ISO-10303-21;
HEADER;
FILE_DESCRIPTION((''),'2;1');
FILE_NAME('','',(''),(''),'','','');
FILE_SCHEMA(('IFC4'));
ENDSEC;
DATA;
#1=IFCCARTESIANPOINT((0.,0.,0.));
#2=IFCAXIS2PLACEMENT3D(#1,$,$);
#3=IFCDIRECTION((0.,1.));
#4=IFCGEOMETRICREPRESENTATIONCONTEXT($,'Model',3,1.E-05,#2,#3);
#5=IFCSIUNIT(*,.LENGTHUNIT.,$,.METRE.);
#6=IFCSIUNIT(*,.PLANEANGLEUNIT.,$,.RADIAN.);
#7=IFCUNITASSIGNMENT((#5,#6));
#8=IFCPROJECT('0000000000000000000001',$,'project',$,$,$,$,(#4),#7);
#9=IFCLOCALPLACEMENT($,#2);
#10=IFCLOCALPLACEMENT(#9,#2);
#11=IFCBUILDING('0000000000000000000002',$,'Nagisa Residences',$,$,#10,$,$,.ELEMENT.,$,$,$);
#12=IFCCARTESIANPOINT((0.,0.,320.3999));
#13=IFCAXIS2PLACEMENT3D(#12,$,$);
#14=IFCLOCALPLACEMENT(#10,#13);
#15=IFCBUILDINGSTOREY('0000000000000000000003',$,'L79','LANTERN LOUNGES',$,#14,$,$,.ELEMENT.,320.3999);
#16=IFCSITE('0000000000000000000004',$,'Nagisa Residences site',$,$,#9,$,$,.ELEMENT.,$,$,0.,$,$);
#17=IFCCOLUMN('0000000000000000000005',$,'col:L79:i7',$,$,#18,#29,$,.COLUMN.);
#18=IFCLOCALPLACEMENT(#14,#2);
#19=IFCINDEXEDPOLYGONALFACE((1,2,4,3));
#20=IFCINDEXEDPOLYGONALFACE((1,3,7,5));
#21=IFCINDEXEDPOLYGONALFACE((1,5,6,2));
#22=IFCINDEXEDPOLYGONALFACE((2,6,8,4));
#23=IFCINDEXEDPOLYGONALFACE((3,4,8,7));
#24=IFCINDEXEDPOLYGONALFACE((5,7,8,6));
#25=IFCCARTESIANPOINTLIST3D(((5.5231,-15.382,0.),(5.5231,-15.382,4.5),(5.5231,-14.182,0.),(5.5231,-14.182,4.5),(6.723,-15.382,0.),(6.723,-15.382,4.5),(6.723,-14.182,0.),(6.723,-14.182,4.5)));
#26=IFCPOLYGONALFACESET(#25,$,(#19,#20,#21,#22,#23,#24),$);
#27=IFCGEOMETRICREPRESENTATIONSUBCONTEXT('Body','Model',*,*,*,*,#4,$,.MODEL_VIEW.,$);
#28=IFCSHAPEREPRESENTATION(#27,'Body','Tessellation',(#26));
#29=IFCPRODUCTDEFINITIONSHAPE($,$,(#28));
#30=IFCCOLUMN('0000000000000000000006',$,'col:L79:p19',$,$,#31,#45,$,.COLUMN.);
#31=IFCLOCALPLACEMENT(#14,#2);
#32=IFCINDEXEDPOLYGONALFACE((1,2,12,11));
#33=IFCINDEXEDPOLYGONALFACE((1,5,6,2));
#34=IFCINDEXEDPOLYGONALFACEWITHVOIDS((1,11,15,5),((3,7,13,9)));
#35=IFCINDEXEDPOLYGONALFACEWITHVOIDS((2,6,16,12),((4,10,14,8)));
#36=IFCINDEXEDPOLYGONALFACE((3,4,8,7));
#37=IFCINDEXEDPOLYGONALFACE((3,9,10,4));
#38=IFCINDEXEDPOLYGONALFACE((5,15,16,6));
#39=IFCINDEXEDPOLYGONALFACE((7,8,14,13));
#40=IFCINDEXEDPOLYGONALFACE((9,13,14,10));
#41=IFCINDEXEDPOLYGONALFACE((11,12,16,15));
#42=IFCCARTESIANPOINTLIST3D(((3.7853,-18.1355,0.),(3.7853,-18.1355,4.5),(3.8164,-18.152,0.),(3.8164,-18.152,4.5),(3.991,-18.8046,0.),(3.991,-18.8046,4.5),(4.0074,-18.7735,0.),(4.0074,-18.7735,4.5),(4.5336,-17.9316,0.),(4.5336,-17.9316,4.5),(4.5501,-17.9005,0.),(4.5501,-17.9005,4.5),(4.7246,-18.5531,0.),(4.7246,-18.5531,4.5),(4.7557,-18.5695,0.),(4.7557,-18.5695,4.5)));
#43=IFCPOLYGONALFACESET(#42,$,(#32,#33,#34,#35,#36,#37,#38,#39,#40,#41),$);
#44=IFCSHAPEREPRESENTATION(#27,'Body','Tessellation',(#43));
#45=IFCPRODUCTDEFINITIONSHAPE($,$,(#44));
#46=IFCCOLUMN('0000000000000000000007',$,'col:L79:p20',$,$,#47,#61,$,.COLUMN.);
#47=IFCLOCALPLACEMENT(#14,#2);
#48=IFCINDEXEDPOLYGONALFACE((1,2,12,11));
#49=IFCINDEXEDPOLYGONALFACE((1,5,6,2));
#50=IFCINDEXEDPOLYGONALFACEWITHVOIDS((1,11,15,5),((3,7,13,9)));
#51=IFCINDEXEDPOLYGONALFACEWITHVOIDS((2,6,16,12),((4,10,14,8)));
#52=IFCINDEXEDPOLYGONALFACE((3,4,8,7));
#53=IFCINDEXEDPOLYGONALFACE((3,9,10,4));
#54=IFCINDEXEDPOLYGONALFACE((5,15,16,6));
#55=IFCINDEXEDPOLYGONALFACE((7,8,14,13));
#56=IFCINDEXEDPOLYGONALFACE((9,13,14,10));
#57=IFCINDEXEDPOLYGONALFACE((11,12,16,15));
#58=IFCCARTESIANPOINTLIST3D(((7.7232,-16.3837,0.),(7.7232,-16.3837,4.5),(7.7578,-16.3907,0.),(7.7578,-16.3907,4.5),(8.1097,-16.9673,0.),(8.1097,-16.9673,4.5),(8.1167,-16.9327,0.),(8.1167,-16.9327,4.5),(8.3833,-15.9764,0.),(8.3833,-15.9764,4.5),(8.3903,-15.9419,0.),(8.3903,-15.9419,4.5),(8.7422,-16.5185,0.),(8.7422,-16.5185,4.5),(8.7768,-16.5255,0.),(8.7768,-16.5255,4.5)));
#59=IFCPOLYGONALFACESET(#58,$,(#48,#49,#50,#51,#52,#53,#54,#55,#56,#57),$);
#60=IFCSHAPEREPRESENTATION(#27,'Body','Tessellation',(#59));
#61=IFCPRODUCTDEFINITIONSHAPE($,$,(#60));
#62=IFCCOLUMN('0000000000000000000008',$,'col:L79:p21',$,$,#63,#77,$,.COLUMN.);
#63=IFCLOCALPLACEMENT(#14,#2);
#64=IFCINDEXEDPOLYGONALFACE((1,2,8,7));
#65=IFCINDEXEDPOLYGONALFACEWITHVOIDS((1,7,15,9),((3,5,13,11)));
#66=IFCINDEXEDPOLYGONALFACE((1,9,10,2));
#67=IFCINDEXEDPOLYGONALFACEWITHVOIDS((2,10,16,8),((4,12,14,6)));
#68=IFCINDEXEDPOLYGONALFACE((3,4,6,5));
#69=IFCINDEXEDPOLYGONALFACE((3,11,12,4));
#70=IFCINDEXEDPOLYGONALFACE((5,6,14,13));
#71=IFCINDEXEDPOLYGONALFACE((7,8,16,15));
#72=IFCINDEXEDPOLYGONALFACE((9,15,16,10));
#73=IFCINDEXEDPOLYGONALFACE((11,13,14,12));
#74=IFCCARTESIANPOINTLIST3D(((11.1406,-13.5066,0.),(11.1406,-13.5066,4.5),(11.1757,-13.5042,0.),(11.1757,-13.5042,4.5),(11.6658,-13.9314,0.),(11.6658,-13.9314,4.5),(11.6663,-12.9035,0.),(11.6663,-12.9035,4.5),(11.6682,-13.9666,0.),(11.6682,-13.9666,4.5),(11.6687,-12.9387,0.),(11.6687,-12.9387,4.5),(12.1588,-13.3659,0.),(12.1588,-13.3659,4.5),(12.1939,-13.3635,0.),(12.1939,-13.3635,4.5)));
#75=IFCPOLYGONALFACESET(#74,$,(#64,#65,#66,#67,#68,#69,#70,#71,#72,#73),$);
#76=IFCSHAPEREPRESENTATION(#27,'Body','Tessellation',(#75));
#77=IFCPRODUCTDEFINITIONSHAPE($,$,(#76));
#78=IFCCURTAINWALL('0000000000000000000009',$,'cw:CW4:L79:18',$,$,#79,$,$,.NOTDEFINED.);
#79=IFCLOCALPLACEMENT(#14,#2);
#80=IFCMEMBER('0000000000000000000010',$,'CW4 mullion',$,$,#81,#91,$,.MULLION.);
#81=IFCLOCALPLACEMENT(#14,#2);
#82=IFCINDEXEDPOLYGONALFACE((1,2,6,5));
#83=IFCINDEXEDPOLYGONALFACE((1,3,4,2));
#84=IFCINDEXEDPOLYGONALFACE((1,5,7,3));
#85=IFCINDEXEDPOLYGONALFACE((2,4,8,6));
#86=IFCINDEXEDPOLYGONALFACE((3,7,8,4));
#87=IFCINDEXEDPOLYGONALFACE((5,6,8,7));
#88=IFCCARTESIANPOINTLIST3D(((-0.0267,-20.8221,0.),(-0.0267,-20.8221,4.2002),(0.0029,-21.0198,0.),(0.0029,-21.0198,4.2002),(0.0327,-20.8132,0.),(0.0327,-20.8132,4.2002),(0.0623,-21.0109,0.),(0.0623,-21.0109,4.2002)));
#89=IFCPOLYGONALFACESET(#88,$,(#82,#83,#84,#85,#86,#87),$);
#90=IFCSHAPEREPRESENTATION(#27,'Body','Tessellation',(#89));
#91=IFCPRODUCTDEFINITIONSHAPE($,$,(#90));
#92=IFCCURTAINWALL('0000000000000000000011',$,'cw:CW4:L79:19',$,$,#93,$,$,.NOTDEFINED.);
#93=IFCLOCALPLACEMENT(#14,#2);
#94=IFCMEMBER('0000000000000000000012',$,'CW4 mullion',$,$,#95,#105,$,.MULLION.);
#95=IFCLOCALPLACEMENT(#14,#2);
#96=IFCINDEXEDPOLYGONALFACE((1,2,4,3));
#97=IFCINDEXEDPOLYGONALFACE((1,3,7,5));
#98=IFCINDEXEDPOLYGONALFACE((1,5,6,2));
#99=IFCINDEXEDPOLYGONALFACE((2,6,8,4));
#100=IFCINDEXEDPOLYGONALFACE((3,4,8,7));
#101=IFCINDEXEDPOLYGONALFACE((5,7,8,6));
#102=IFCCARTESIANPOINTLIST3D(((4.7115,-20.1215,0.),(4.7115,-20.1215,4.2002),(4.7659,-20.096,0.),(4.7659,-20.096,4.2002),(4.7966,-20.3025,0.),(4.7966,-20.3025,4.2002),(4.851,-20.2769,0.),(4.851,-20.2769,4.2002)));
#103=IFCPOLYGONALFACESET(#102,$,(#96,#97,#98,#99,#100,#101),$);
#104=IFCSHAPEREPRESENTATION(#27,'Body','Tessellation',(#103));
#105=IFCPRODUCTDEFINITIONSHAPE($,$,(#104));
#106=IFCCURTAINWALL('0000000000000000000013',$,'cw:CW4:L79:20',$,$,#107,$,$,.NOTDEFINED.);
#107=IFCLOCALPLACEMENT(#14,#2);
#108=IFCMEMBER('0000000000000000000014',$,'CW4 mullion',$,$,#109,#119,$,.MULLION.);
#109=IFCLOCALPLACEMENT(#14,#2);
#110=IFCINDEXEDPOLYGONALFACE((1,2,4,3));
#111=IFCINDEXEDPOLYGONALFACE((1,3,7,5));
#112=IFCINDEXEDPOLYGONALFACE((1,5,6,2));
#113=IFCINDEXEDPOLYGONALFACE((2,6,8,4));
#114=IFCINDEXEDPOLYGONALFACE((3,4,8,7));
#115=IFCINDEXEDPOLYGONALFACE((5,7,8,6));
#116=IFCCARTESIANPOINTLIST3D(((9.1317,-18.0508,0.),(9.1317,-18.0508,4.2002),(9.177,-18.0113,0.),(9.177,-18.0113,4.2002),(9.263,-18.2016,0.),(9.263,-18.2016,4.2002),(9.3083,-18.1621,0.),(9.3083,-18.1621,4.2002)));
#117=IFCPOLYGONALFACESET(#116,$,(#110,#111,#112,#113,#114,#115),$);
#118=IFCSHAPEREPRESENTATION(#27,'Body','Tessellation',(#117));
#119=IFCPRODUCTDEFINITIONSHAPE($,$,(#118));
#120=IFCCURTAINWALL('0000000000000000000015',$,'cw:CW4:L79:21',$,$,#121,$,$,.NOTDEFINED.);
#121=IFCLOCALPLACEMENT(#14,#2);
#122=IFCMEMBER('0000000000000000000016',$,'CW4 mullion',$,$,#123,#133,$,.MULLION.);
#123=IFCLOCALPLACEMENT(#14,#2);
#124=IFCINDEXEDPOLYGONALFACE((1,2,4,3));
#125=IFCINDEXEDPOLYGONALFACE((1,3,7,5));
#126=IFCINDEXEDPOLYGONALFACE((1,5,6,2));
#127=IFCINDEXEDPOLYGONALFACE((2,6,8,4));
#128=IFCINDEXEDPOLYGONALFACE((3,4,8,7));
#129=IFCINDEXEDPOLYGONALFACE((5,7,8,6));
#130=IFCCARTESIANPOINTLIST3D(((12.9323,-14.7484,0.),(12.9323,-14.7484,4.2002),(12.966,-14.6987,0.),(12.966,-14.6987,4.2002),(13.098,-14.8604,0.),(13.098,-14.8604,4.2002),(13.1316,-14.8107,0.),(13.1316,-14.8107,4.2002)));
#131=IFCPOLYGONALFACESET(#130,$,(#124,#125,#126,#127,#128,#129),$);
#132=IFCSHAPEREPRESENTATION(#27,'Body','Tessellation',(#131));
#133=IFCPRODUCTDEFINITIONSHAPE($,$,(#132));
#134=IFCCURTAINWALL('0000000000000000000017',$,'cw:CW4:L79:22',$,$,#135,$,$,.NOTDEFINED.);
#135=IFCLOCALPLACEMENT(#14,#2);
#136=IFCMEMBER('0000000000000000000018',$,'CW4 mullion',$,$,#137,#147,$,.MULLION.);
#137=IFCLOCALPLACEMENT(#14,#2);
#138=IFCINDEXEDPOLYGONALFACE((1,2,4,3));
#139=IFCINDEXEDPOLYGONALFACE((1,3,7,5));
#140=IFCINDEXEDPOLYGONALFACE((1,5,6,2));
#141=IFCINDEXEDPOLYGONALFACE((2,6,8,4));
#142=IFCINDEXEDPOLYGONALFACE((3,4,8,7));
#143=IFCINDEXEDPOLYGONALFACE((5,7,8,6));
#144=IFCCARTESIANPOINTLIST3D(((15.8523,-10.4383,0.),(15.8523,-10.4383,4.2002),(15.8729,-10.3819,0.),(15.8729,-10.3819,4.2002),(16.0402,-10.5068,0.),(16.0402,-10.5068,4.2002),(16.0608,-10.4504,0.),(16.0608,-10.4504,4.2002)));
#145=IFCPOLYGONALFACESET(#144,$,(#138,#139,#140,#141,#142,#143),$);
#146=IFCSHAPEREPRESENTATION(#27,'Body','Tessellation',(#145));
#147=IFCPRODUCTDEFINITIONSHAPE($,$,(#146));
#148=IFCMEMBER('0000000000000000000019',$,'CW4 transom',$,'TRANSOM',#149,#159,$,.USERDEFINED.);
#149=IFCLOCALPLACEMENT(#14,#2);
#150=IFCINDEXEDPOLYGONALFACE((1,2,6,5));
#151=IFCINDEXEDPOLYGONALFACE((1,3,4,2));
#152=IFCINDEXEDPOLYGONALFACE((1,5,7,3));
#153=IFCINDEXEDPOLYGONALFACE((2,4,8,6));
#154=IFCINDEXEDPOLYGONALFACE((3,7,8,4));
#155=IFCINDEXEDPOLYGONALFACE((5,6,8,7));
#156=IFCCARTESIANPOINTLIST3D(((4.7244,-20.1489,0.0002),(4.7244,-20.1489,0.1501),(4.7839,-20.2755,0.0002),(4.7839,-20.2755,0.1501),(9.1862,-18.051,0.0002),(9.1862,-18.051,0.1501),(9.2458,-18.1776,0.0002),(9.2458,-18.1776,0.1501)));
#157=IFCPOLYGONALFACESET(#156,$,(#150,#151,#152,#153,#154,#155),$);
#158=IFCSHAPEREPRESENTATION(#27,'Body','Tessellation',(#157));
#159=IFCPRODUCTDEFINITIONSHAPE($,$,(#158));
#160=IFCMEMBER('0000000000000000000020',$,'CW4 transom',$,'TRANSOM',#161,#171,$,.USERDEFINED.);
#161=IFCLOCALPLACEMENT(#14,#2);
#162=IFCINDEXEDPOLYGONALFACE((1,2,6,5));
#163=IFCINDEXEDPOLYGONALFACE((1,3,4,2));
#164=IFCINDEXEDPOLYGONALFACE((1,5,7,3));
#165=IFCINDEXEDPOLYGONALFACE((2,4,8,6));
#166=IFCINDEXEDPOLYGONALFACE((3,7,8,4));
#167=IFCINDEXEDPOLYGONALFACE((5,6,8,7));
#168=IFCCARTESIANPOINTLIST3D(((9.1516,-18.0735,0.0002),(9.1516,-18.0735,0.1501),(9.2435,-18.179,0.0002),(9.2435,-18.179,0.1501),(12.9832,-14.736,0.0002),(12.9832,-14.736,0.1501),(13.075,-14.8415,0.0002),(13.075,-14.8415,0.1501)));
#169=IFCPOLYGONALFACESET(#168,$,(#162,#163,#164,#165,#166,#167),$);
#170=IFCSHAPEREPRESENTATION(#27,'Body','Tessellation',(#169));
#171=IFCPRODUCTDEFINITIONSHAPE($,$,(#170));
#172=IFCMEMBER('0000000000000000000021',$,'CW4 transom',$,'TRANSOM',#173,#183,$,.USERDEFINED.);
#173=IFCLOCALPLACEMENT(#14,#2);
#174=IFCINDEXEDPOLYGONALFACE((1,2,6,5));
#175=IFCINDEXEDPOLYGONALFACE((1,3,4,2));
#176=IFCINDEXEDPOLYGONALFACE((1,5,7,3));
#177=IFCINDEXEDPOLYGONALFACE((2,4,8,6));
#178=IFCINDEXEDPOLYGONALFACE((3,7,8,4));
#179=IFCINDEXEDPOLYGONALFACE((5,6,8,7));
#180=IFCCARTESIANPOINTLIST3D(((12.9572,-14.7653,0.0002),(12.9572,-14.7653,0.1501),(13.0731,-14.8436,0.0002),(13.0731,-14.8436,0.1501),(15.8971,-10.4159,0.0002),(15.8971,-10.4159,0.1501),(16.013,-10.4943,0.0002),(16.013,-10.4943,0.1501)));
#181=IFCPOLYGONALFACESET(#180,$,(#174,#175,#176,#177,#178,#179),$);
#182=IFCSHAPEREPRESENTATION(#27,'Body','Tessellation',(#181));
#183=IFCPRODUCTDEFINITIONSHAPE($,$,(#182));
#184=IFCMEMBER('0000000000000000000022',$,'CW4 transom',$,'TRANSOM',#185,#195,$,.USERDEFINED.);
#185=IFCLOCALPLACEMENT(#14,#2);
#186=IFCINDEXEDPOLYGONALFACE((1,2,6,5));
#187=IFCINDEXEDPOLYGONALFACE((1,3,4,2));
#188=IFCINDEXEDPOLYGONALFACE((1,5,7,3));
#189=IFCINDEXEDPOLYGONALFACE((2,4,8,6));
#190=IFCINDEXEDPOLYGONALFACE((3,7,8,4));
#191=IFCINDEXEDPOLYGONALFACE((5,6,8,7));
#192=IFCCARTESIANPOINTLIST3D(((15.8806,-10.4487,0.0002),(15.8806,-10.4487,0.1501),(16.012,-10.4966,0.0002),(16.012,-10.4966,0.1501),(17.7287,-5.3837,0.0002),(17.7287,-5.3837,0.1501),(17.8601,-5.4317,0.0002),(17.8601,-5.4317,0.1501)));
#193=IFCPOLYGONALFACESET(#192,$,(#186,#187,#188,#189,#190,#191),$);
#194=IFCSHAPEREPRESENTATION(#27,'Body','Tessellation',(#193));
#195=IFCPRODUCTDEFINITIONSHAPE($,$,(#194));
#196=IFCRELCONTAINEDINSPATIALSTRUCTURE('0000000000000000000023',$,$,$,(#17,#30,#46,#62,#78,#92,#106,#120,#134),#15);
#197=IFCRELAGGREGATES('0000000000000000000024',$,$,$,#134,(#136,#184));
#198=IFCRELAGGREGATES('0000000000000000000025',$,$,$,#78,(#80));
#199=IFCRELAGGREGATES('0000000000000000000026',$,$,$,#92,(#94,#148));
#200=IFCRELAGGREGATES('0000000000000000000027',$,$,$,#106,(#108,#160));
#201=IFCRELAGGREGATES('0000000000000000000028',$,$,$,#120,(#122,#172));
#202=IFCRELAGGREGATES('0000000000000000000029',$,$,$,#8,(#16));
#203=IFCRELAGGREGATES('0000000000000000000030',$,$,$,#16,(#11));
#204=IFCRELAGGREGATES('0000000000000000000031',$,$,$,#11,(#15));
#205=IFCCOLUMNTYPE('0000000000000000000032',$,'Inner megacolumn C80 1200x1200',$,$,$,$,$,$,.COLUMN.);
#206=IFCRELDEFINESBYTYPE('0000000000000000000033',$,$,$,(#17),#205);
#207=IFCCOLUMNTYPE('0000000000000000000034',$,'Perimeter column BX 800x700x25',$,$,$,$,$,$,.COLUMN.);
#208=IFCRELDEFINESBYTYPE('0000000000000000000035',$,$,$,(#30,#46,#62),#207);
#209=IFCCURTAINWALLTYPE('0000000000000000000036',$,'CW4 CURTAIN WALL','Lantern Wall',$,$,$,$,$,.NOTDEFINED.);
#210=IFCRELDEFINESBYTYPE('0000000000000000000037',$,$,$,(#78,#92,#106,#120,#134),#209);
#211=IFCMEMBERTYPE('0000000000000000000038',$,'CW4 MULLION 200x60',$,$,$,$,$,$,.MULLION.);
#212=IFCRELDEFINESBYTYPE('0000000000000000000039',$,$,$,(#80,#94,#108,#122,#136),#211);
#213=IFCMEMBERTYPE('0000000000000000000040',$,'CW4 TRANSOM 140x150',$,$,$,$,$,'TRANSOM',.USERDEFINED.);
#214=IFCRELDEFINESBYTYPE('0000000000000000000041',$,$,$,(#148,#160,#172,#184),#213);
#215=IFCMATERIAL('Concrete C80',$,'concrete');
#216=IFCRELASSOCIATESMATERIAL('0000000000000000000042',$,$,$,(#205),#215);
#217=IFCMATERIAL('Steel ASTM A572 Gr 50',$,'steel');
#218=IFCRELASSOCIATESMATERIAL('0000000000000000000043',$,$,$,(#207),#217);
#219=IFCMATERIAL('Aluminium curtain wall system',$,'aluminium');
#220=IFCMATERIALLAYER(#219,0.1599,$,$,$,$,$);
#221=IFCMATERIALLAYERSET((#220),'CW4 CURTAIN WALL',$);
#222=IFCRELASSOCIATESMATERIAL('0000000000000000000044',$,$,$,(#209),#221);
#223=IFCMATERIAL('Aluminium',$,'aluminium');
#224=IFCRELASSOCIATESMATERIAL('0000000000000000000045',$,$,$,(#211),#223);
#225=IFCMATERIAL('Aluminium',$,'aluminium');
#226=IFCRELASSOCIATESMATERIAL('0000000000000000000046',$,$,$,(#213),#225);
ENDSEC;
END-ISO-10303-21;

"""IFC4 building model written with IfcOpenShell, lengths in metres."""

from ifc_helpers import new_model, si_unit, direction, frame, origin, origin_2d, place, context, subcontext, project, spatial, rectangle, hollow_rectangle, extrude, material, layer, layer_set, material_profile, profile_set, type_object, element, aggregate, save


model = new_model("IFC4")

# Units and contexts
model_context = context("Model", 3, precision=1e-05, world=origin(), true_north=direction((0.0, 1.0)))
body_context = subcontext(model_context, "Body", "Model", "MODEL_VIEW")
ifc_project = project(units=[si_unit("LENGTHUNIT", "METRE"), si_unit("PLANEANGLEUNIT", "RADIAN")], contexts=[model_context])

# Site, building, storey
site_placement = place(None, origin())
site = spatial("IfcSite", under=ifc_project, at=site_placement, Name="Nagisa Residences site", CompositionType="ELEMENT", RefElevation=0.0)
building_placement = place(site_placement, origin())
building = spatial("IfcBuilding", under=site, at=building_placement, Name="Nagisa Residences", CompositionType="ELEMENT")
storey_placement = place(building_placement, frame((0.0, 0.0, 320.3999)))
storey = spatial("IfcBuildingStorey", under=building, at=storey_placement, Name="L79", Description="LANTERN LOUNGES", CompositionType="ELEMENT", Elevation=320.3999)

# Columns
ifc_material_1 = material(Name="Concrete C80", Category="concrete")
ifc_material_profile_1 = material_profile(ifc_material_1, rectangle(XDim=1.2, YDim=1.2, at=origin_2d()), Name="C80 1200x1200")
ifc_profile_set_1 = profile_set([ifc_material_profile_1], Name="Concrete C80")
column_type_1 = type_object("IfcColumnType", Name="Inner megacolumn C80 1200x1200", PredefinedType="COLUMN", material=ifc_profile_set_1)
column_placement = place(storey_placement, frame((6.123, -14.782, 0.0), z_axis=(0.0, 0.0, 1.0), x_axis=(1.0, 0.0, 0.0)))
element("IfcColumn", 1, at=column_placement, inside=storey, type_object=column_type_1, Name="col:L79:i7", PredefinedType="COLUMN", context=body_context, shape_type="SweptSolid", body=[
    extrude(rectangle(XDim=1.2, YDim=1.2, at=origin_2d()), origin(), (0.0, 0.0, 1.0), 4.5),
])
ifc_material_2 = material(Name="Steel ASTM A572 Gr 50", Category="steel")
ifc_material_profile_2 = material_profile(ifc_material_2, hollow_rectangle(XDim=0.8, YDim=0.7, WallThickness=0.0249, at=origin_2d()), Name="BX 800x700x25")
ifc_profile_set_2 = profile_set([ifc_material_profile_2], Name="Steel ASTM A572 Gr 50")
column_type_2 = type_object("IfcColumnType", Name="Perimeter column BX 800x700x25", PredefinedType="COLUMN", material=ifc_profile_set_2)
for number, where, z_axis, x_axis, name in (
    (2, (4.2705, -18.3525, 0.0), (0.0, 0.0, 1.0), (0.95587, 0.29379, 0.0), "col:L79:p19"),
    (3, (8.25, -16.4546, 0.0), (0.0, 0.0, 1.0), (0.833744, 0.552151, 0.0), "col:L79:p20"),
    (4, (11.6672, -13.4351, 0.0), (0.0, 0.0, 1.0), (0.657135, 0.753773, 0.0), "col:L79:p21"),
):
    element("IfcColumn", number, at=place(storey_placement, frame(where, z_axis=z_axis, x_axis=x_axis)), inside=storey, type_object=column_type_2, Name=name, PredefinedType="COLUMN", context=body_context, shape_type="SweptSolid", body=[
        extrude(hollow_rectangle(XDim=0.8, YDim=0.7, WallThickness=0.0249, at=origin_2d()), origin(), (0.0, 0.0, 1.0), 4.5),
    ])

# Curtain walls, members
ifc_material_3 = material(Name="Aluminium curtain wall system", Category="aluminium")
ifc_layer_1 = layer(ifc_material_3, 0.1599)
ifc_layer_set_1 = layer_set([ifc_layer_1], Name="CW4 CURTAIN WALL")
curtain_wall_type = type_object("IfcCurtainWallType", Name="CW4 CURTAIN WALL", Description="Lantern Wall", PredefinedType="NOTDEFINED", material=ifc_layer_set_1)
curtain_wall_1_placement = place(storey_placement, origin())
curtain_wall_1 = element("IfcCurtainWall", 5, at=curtain_wall_1_placement, inside=storey, type_object=curtain_wall_type, Name="cw:CW4:L79:18", PredefinedType="NOTDEFINED")
ifc_material_4 = material(Name="Aluminium", Category="aluminium")
ifc_material_profile_3 = material_profile(ifc_material_4, rectangle(XDim=0.2, YDim=0.0601, at=origin_2d()), Name="CW4 MULLION 200x60")
ifc_profile_set_3 = profile_set([ifc_material_profile_3], Name="Aluminium")
member_type_1 = type_object("IfcMemberType", Name="CW4 MULLION 200x60", PredefinedType="MULLION", material=ifc_profile_set_3)
member_1_placement = place(storey_placement, frame((0.0178, -20.9165, 0.0), z_axis=(0.0, 0.0, 1.0), x_axis=(-0.147802, 0.989017, 0.0)))
member_1 = element("IfcMember", 6, at=member_1_placement, type_object=member_type_1, Name="CW4 mullion", PredefinedType="MULLION", context=body_context, shape_type="SweptSolid", body=[
    extrude(rectangle(XDim=0.2, YDim=0.0601, at=origin_2d()), origin(), (0.0, 0.0, 1.0), 4.2002),
])
curtain_wall_2_placement = place(storey_placement, origin())
curtain_wall_2 = element("IfcCurtainWall", 7, at=curtain_wall_2_placement, inside=storey, type_object=curtain_wall_type, Name="cw:CW4:L79:19", PredefinedType="NOTDEFINED")
member_2_placement = place(storey_placement, frame((4.7812, -20.1992, 0.0), z_axis=(0.0, 0.0, 1.0), x_axis=(-0.425501, 0.904958, 0.0)))
member_2 = element("IfcMember", 8, at=member_2_placement, type_object=member_type_1, Name="CW4 mullion", PredefinedType="MULLION", context=body_context, shape_type="SweptSolid", body=[
    extrude(rectangle(XDim=0.2, YDim=0.0601, at=origin_2d()), origin(), (0.0, 0.0, 1.0), 4.2002),
])
curtain_wall_3_placement = place(storey_placement, origin())
curtain_wall_3 = element("IfcCurtainWall", 9, at=curtain_wall_3_placement, inside=storey, type_object=curtain_wall_type, Name="cw:CW4:L79:20", PredefinedType="NOTDEFINED")
member_3_placement = place(storey_placement, frame((9.22, -18.1064, 0.0), z_axis=(0.0, 0.0, 1.0), x_axis=(-0.656803, 0.754062, 0.0)))
member_3 = element("IfcMember", 10, at=member_3_placement, type_object=member_type_1, Name="CW4 mullion", PredefinedType="MULLION", context=body_context, shape_type="SweptSolid", body=[
    extrude(rectangle(XDim=0.2, YDim=0.0601, at=origin_2d()), origin(), (0.0, 0.0, 1.0), 4.2002),
])
curtain_wall_4_placement = place(storey_placement, origin())
curtain_wall_4 = element("IfcCurtainWall", 11, at=curtain_wall_4_placement, inside=storey, type_object=curtain_wall_type, Name="cw:CW4:L79:21", PredefinedType="NOTDEFINED")
member_4_placement = place(storey_placement, frame((13.032, -14.7795, 0.0), z_axis=(0.0, 0.0, 1.0), x_axis=(-0.828473, 0.56003, 0.0)))
member_4 = element("IfcMember", 12, at=member_4_placement, type_object=member_type_1, Name="CW4 mullion", PredefinedType="MULLION", context=body_context, shape_type="SweptSolid", body=[
    extrude(rectangle(XDim=0.2, YDim=0.0601, at=origin_2d()), origin(), (0.0, 0.0, 1.0), 4.2002),
])
curtain_wall_5_placement = place(storey_placement, origin())
curtain_wall_5 = element("IfcCurtainWall", 13, at=curtain_wall_5_placement, inside=storey, type_object=curtain_wall_type, Name="cw:CW4:L79:22", PredefinedType="NOTDEFINED")
member_5_placement = place(storey_placement, frame((15.9565, -10.4443, 0.0), z_axis=(0.0, 0.0, 1.0), x_axis=(-0.939411, 0.342793, 0.0)))
member_5 = element("IfcMember", 14, at=member_5_placement, type_object=member_type_1, Name="CW4 mullion", PredefinedType="MULLION", context=body_context, shape_type="SweptSolid", body=[
    extrude(rectangle(XDim=0.2, YDim=0.0601, at=origin_2d()), origin(), (0.0, 0.0, 1.0), 4.2002),
])

# Members
ifc_material_5 = material(Name="Aluminium", Category="aluminium")
ifc_material_profile_4 = material_profile(ifc_material_5, rectangle(XDim=0.1399, YDim=0.1499, at=origin_2d()), Name="CW4 TRANSOM 140x150")
ifc_profile_set_4 = profile_set([ifc_material_profile_4], Name="Aluminium")
member_type_2 = type_object("IfcMemberType", Name="CW4 TRANSOM 140x150", ElementType="TRANSOM", PredefinedType="USERDEFINED", material=ifc_profile_set_4)
member_6_placement = place(storey_placement, frame((4.7542, -20.2122, 0.0752), z_axis=(0.904961, 0.425494, 0.0), x_axis=(-0.425494, 0.904961, 0.0)))
member_6 = element("IfcMember", 15, at=member_6_placement, type_object=member_type_2, Name="CW4 transom", ObjectType="TRANSOM", PredefinedType="USERDEFINED", context=body_context, shape_type="SweptSolid", body=[
    extrude(rectangle(XDim=0.1399, YDim=0.1499, at=origin_2d()), origin(), (0.0, 0.0, 1.0), 4.9304),
])
member_7_placement = place(storey_placement, frame((9.1975, -18.1262, 0.0752), z_axis=(0.754057, 0.656809, 0.0), x_axis=(-0.656809, 0.754057, 0.0)))
member_7 = element("IfcMember", 16, at=member_7_placement, type_object=member_type_2, Name="CW4 transom", ObjectType="TRANSOM", PredefinedType="USERDEFINED", context=body_context, shape_type="SweptSolid", body=[
    extrude(rectangle(XDim=0.1399, YDim=0.1499, at=origin_2d()), origin(), (0.0, 0.0, 1.0), 5.0813),
])
member_8_placement = place(storey_placement, frame((13.0151, -14.8044, 0.0752), z_axis=(0.560012, 0.828485, 0.0), x_axis=(-0.828485, 0.560012, 0.0)))
member_8 = element("IfcMember", 17, at=member_8_placement, type_object=member_type_2, Name="CW4 transom", ObjectType="TRANSOM", PredefinedType="USERDEFINED", context=body_context, shape_type="SweptSolid", body=[
    extrude(rectangle(XDim=0.1399, YDim=0.1499, at=origin_2d()), origin(), (0.0, 0.0, 1.0), 5.2498),
])
member_9_placement = place(storey_placement, frame((15.9463, -10.4727, 0.0752), z_axis=(0.342783, 0.939415, 0.0), x_axis=(-0.939415, 0.342783, 0.0)))
member_9 = element("IfcMember", 18, at=member_9_placement, type_object=member_type_2, Name="CW4 transom", ObjectType="TRANSOM", PredefinedType="USERDEFINED", context=body_context, shape_type="SweptSolid", body=[
    extrude(rectangle(XDim=0.1399, YDim=0.1499, at=origin_2d()), origin(), (0.0, 0.0, 1.0), 5.3916),
])
aggregate(curtain_wall_5, [member_5, member_9])

aggregate(curtain_wall_1, [member_1])
aggregate(curtain_wall_2, [member_2, member_6])
aggregate(curtain_wall_3, [member_3, member_7])
aggregate(curtain_wall_4, [member_4, member_8])

save(model, "model.ifc")
